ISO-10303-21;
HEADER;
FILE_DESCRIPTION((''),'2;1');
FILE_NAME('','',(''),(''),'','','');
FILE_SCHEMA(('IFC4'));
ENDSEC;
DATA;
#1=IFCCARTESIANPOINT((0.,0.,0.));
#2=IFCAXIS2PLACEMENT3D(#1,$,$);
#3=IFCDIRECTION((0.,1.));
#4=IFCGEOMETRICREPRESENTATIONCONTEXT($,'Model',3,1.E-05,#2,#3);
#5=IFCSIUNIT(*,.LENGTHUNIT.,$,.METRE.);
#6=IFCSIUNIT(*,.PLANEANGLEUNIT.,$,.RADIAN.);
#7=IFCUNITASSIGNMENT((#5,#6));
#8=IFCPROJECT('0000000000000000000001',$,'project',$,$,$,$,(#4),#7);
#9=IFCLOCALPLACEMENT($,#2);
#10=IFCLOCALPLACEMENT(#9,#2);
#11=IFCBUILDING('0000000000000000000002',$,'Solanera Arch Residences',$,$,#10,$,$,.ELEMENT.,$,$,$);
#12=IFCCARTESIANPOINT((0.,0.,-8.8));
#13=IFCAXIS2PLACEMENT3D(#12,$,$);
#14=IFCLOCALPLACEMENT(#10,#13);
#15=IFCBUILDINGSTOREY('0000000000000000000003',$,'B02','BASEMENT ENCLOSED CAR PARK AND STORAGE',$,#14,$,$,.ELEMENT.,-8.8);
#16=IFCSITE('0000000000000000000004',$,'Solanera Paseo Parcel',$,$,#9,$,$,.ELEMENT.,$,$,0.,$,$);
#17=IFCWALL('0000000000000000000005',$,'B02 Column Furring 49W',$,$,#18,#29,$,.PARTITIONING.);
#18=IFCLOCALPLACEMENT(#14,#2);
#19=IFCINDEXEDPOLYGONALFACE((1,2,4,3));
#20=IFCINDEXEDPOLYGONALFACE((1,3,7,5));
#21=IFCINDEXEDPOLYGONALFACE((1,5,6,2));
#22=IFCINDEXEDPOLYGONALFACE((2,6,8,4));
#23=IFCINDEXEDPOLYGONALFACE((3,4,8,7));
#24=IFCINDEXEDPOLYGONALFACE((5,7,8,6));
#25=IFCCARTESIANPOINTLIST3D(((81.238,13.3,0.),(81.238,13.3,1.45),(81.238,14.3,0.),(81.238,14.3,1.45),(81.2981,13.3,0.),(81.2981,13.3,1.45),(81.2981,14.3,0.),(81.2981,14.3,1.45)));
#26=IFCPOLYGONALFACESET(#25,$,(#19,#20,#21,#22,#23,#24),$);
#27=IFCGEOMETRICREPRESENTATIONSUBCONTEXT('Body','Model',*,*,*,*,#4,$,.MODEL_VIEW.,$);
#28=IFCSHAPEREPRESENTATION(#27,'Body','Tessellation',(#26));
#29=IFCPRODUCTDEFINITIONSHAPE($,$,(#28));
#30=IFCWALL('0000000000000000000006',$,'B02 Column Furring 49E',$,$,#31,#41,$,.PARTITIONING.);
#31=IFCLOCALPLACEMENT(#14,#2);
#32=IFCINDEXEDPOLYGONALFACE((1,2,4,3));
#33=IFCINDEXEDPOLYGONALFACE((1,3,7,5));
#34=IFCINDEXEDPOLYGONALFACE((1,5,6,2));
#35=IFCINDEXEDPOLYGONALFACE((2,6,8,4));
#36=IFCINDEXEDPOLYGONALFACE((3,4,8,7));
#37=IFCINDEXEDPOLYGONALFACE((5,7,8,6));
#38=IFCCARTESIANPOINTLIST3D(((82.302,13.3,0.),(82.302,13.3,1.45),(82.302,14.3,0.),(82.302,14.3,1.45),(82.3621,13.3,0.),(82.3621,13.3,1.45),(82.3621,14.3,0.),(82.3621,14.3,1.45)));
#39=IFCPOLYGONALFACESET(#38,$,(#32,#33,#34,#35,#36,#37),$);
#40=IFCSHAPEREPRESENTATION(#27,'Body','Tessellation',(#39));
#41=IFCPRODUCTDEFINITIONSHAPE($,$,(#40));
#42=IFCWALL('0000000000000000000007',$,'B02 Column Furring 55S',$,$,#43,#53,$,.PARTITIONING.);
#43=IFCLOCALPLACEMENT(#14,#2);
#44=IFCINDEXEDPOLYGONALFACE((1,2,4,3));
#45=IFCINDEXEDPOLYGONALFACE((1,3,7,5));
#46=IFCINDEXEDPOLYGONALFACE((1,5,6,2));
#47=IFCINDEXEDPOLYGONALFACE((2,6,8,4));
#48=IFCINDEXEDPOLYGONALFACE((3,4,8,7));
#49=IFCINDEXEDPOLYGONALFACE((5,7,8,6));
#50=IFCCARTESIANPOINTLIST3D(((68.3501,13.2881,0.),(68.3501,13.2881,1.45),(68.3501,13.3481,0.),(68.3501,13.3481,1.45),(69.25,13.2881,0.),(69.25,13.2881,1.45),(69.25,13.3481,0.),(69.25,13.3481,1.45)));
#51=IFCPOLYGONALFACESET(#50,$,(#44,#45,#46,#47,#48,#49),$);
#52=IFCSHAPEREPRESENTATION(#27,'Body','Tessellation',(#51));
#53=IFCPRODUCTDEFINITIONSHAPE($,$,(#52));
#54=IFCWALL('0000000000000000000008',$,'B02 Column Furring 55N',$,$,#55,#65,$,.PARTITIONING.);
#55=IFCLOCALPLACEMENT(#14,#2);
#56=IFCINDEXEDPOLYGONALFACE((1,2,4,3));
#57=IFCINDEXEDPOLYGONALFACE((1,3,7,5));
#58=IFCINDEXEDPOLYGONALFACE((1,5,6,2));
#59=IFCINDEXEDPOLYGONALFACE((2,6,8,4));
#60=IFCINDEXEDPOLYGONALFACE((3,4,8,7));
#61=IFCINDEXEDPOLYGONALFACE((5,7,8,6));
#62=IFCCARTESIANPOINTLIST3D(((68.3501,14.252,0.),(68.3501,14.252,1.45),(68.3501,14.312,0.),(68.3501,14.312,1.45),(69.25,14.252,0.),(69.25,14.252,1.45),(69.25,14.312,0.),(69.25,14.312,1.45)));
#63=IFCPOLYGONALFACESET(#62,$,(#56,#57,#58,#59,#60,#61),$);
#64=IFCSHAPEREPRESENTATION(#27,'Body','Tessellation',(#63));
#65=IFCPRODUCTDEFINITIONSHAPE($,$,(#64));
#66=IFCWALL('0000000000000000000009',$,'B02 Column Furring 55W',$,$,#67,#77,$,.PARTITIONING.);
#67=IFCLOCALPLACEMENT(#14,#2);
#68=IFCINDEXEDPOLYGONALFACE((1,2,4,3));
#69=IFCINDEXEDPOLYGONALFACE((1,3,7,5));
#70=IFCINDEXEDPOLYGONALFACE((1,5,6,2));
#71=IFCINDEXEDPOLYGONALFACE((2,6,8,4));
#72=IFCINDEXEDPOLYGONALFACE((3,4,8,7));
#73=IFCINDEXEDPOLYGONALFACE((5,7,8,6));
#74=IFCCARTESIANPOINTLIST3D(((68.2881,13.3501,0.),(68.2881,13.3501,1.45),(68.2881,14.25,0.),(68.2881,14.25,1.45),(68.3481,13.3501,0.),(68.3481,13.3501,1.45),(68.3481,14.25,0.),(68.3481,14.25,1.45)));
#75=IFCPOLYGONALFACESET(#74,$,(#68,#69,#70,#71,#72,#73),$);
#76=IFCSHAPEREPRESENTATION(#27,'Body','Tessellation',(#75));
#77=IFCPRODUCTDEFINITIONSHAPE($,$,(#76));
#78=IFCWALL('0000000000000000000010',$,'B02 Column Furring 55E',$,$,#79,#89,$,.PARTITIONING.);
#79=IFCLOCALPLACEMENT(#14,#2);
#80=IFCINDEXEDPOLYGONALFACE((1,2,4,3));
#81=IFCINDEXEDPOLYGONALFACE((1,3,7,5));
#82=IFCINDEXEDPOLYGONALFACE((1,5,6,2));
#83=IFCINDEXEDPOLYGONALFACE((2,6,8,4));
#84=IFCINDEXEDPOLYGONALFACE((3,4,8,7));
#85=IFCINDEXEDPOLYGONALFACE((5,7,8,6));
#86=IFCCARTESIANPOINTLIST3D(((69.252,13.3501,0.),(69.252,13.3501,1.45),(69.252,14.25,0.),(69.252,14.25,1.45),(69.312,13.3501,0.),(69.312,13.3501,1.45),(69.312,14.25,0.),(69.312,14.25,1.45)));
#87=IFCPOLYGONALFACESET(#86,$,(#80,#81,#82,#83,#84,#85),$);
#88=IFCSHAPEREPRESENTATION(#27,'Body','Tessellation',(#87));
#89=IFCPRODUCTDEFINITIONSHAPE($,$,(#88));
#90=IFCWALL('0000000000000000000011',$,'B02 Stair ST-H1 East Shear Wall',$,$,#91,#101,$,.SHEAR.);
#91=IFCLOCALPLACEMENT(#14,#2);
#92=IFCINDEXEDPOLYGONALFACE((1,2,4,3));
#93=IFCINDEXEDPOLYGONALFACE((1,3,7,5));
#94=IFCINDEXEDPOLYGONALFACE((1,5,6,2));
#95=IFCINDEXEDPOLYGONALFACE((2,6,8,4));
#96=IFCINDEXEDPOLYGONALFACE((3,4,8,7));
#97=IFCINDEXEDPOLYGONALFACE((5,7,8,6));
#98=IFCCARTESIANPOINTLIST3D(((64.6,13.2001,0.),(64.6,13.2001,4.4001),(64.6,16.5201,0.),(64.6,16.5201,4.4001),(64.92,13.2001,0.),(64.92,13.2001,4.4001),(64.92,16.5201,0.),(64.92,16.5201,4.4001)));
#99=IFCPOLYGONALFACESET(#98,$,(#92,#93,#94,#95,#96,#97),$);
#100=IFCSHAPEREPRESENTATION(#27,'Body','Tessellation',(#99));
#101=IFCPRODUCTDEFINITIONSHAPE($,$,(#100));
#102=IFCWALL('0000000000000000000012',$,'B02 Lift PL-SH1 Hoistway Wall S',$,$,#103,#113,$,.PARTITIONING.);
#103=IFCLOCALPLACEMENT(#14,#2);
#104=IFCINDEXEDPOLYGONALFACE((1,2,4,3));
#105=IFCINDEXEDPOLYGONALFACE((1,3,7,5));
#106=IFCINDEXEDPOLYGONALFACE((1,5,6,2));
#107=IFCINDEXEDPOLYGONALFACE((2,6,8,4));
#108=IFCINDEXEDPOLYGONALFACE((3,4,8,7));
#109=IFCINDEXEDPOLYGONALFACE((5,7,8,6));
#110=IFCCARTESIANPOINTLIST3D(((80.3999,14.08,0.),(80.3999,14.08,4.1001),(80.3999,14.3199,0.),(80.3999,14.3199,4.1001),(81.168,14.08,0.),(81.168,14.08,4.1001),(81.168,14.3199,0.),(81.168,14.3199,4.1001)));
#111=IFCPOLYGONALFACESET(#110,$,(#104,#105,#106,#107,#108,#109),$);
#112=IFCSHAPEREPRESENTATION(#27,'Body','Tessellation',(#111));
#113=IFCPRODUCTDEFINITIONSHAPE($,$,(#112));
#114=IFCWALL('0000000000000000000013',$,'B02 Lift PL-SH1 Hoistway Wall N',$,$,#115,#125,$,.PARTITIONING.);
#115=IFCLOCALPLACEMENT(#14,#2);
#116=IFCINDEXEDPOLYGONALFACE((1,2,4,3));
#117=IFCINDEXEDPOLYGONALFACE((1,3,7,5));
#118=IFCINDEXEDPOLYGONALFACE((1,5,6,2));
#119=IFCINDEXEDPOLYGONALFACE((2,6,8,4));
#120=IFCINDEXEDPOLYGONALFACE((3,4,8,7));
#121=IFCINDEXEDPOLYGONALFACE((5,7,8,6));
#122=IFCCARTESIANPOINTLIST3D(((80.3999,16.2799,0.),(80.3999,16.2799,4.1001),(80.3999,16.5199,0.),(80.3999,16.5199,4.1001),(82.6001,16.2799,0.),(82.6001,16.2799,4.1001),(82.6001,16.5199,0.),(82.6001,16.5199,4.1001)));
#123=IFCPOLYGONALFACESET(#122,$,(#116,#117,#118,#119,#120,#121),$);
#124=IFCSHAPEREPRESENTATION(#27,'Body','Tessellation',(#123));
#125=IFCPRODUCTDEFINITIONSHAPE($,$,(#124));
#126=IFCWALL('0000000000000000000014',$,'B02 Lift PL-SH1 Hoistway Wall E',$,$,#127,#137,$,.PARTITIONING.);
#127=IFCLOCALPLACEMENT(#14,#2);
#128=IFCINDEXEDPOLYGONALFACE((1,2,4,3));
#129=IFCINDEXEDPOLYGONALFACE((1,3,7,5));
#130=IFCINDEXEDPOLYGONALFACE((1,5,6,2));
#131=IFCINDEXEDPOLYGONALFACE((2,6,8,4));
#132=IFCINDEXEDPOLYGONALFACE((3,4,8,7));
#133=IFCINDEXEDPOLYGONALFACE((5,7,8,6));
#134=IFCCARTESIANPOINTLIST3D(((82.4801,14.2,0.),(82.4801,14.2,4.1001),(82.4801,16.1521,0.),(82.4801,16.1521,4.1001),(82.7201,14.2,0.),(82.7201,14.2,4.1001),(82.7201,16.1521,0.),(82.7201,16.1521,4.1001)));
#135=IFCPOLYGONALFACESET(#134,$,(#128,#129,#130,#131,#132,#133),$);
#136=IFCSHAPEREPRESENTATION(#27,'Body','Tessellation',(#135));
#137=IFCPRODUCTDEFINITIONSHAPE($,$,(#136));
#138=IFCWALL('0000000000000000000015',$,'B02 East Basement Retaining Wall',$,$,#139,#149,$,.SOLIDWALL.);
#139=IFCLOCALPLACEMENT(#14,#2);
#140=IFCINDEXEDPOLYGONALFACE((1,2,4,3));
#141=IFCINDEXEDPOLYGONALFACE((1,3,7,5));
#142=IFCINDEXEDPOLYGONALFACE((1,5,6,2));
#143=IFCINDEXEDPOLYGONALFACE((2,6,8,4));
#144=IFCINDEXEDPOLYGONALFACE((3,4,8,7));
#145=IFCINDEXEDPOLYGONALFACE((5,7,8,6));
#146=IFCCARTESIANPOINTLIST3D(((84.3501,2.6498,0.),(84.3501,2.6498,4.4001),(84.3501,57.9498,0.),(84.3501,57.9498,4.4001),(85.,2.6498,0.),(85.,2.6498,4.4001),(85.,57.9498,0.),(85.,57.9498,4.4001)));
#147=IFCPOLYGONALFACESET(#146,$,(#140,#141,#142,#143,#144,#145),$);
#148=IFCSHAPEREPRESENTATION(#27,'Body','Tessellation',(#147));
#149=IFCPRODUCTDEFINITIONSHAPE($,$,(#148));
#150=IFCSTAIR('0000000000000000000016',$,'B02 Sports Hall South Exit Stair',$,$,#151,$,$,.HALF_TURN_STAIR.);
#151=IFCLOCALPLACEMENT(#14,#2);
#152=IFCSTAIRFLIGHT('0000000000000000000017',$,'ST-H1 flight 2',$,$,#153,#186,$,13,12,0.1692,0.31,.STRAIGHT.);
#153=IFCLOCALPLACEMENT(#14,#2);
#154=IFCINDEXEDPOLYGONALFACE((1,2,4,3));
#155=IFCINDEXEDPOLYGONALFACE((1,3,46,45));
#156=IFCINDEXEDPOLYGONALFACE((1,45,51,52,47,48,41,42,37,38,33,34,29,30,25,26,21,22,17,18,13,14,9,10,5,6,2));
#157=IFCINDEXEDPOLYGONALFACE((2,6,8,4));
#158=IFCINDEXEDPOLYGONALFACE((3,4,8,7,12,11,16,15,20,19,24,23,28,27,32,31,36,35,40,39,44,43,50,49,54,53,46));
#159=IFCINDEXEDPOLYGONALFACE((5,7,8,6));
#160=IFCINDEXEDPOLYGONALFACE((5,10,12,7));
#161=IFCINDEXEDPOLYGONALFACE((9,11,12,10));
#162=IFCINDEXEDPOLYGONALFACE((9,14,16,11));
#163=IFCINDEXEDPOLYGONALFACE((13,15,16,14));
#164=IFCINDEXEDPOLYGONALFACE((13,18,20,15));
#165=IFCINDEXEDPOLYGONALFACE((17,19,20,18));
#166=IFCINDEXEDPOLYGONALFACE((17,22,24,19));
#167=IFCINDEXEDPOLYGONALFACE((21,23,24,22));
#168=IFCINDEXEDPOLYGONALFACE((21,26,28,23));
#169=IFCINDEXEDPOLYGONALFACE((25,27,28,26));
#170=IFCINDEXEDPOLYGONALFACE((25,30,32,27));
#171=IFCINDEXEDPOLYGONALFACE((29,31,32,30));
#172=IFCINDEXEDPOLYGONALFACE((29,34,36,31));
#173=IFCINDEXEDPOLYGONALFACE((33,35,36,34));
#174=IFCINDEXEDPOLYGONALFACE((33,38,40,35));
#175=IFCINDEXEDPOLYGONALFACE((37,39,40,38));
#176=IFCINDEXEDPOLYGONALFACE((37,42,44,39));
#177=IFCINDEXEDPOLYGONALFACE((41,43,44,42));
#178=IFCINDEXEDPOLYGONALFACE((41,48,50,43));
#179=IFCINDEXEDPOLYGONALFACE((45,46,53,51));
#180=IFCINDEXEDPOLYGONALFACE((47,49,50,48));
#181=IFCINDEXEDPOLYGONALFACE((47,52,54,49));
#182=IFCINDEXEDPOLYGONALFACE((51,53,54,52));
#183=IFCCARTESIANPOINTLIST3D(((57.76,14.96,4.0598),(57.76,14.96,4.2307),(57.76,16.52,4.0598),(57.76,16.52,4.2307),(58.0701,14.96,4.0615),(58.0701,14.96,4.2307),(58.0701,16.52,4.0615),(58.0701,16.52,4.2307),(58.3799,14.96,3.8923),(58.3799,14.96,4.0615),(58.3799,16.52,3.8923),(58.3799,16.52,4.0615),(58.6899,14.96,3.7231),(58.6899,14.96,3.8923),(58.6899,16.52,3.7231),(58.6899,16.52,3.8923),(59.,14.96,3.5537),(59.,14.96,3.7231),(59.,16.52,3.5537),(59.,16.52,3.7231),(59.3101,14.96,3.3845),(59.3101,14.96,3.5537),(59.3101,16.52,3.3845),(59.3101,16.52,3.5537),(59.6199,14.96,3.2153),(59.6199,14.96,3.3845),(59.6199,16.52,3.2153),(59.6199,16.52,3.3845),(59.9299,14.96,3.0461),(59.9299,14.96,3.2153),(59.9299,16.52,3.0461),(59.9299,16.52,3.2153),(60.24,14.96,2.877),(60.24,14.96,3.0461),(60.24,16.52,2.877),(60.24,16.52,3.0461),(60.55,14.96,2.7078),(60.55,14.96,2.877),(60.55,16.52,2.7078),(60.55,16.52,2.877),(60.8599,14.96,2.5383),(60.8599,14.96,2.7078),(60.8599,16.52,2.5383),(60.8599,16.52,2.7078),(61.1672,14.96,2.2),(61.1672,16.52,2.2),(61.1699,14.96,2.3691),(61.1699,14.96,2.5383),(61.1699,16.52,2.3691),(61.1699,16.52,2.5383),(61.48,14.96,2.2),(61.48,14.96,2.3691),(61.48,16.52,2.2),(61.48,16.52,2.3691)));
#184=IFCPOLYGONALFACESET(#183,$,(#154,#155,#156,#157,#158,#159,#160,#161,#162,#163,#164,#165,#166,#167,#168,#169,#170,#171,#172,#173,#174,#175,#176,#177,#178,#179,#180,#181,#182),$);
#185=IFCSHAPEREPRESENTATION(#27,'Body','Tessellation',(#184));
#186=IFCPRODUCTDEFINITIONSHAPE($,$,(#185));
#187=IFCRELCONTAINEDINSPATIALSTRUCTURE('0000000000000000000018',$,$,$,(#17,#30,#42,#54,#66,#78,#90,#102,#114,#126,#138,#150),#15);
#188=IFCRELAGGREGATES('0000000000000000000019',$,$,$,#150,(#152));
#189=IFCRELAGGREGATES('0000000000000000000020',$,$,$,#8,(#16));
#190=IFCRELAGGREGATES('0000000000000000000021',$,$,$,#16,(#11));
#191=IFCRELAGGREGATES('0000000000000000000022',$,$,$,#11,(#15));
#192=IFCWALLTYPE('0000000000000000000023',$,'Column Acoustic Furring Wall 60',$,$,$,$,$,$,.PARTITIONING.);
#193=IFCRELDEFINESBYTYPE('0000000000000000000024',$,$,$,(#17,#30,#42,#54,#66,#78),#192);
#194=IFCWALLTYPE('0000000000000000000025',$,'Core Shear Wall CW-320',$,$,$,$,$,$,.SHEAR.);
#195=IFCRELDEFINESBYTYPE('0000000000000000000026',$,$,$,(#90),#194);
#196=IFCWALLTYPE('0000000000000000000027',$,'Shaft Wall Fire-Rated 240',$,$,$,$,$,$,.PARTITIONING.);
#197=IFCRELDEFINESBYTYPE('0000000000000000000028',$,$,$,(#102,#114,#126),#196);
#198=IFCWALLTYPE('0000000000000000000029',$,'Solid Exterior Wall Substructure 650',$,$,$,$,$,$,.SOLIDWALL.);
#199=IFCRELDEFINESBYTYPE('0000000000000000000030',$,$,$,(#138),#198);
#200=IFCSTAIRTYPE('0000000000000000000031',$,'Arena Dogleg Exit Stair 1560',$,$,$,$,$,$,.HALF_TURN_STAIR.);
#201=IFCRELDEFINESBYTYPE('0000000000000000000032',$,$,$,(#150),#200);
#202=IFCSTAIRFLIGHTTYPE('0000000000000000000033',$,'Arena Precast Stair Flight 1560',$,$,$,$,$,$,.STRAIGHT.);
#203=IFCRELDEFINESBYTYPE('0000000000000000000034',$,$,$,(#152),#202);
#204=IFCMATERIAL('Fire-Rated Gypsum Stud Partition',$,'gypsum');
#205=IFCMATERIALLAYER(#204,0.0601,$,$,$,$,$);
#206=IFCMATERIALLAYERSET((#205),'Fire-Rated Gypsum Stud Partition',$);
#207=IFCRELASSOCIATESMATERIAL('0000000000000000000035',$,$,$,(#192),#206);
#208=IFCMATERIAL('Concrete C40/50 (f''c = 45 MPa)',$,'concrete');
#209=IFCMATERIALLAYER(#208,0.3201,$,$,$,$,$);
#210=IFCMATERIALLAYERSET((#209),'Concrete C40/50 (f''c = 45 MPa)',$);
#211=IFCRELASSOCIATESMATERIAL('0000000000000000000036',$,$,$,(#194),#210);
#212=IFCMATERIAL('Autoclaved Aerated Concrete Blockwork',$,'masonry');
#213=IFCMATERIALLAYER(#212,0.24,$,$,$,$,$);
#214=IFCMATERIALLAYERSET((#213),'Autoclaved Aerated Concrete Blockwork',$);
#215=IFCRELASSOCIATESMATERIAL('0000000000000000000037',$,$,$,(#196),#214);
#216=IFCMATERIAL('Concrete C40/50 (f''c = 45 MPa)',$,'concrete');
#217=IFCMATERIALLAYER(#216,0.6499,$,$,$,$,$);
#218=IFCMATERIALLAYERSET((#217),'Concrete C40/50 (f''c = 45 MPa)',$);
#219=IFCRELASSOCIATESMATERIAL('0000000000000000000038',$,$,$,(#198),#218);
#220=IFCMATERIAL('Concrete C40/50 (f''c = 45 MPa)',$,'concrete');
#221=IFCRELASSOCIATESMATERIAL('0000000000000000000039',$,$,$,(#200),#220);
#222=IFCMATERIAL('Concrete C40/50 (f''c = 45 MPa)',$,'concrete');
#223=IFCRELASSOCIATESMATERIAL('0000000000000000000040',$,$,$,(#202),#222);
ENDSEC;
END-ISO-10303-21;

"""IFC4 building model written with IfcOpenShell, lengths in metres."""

from ifc_helpers import new_model, si_unit, direction, frame, frame_2d, origin, place, context, subcontext, project, spatial, polyline, rectangle, outline, extrude, material, layer, layer_set, type_object, element, aggregate, save


model = new_model("IFC4")

# Units and contexts
model_context = context("Model", 3, precision=1e-05, world=origin(), true_north=direction((0.0, 1.0)))
body_context = subcontext(model_context, "Body", "Model", "MODEL_VIEW")
ifc_project = project(units=[si_unit("LENGTHUNIT", "METRE"), si_unit("PLANEANGLEUNIT", "RADIAN")], contexts=[model_context])

# Site, building, storey
site_placement = place(None, origin())
site = spatial("IfcSite", under=ifc_project, at=site_placement, Name="Solanera Paseo Parcel", CompositionType="ELEMENT", RefElevation=0.0)
building_placement = place(site_placement, origin())
building = spatial("IfcBuilding", under=site, at=building_placement, Name="Solanera Arch Residences", CompositionType="ELEMENT")
storey_placement = place(building_placement, frame((0.0, 0.0, -8.8)))
storey = spatial("IfcBuildingStorey", under=building, at=storey_placement, Name="B02", Description="BASEMENT ENCLOSED CAR PARK AND STORAGE", CompositionType="ELEMENT", Elevation=-8.8)

# Walls
ifc_material_1 = material(Name="Fire-Rated Gypsum Stud Partition", Category="gypsum")
ifc_layer_1 = layer(ifc_material_1, 0.0601)
ifc_layer_set_1 = layer_set([ifc_layer_1], Name="Fire-Rated Gypsum Stud Partition")
wall_type_1 = type_object("IfcWallType", Name="Column Acoustic Furring Wall 60", PredefinedType="PARTITIONING", material=ifc_layer_set_1)
for number, where, z_axis, x_axis, name in (
    (1, (81.2681, 13.3, 0.0), (0.0, 0.0, 1.0), (0.0, 1.0, 0.0), "B02 Column Furring 49W"),
    (2, (82.332, 13.3, 0.0), (0.0, 0.0, 1.0), (0.0, 1.0, 0.0), "B02 Column Furring 49E"),
):
    element("IfcWall", number, at=place(storey_placement, frame(where, z_axis=z_axis, x_axis=x_axis)), inside=storey, type_object=wall_type_1, Name=name, PredefinedType="PARTITIONING", context=body_context, shape_type="SweptSolid", body=[
        extrude(rectangle(XDim=1.0, YDim=0.0601, at=frame_2d((0.5, 0.0))), origin(), (0.0, 0.0, 1.0), 1.45),
    ])
for number, where, z_axis, x_axis, name in (
    (3, (68.3501, 13.3181, 0.0), (0.0, 0.0, 1.0), (1.0, 0.0, 0.0), "B02 Column Furring 55S"),
    (4, (68.3501, 14.282, 0.0), (0.0, 0.0, 1.0), (1.0, 0.0, 0.0), "B02 Column Furring 55N"),
    (5, (68.3181, 13.3501, 0.0), (0.0, 0.0, 1.0), (0.0, 1.0, 0.0), "B02 Column Furring 55W"),
    (6, (69.282, 13.3501, 0.0), (0.0, 0.0, 1.0), (0.0, 1.0, 0.0), "B02 Column Furring 55E"),
):
    element("IfcWall", number, at=place(storey_placement, frame(where, z_axis=z_axis, x_axis=x_axis)), inside=storey, type_object=wall_type_1, Name=name, PredefinedType="PARTITIONING", context=body_context, shape_type="SweptSolid", body=[
        extrude(rectangle(XDim=0.8999, YDim=0.0601, at=frame_2d((0.45, 0.0))), origin(), (0.0, 0.0, 1.0), 1.45),
    ])
ifc_material_2 = material(Name="Concrete C40/50 (f'c = 45 MPa)", Category="concrete")
ifc_layer_2 = layer(ifc_material_2, 0.3201)
ifc_layer_set_2 = layer_set([ifc_layer_2], Name="Concrete C40/50 (f'c = 45 MPa)")
wall_type_2 = type_object("IfcWallType", Name="Core Shear Wall CW-320", PredefinedType="SHEAR", material=ifc_layer_set_2)
wall_1_placement = place(storey_placement, frame((64.76, 13.2, 0.0), z_axis=(0.0, 0.0, 1.0), x_axis=(0.0, 1.0, 0.0)))
element("IfcWall", 7, at=wall_1_placement, inside=storey, type_object=wall_type_2, Name="B02 Stair ST-H1 East Shear Wall", PredefinedType="SHEAR", context=body_context, shape_type="SweptSolid", body=[
    extrude(rectangle(XDim=3.3201, YDim=0.3201, at=frame_2d((1.6602, 0.0))), origin(), (0.0, 0.0, 1.0), 4.4001),
])
ifc_material_3 = material(Name="Autoclaved Aerated Concrete Blockwork", Category="masonry")
ifc_layer_3 = layer(ifc_material_3, 0.24)
ifc_layer_set_3 = layer_set([ifc_layer_3], Name="Autoclaved Aerated Concrete Blockwork")
wall_type_3 = type_object("IfcWallType", Name="Shaft Wall Fire-Rated 240", PredefinedType="PARTITIONING", material=ifc_layer_set_3)
wall_2_placement = place(storey_placement, frame((80.3999, 14.2, 0.0), z_axis=(0.0, 0.0, 1.0), x_axis=(1.0, 0.0, 0.0)))
element("IfcWall", 8, at=wall_2_placement, inside=storey, type_object=wall_type_3, Name="B02 Lift PL-SH1 Hoistway Wall S", PredefinedType="PARTITIONING", context=body_context, shape_type="SweptSolid", body=[
    extrude(rectangle(XDim=0.7681, YDim=0.24, at=frame_2d((0.384, 0.0))), origin(), (0.0, 0.0, 1.0), 4.1001),
])
wall_3_placement = place(storey_placement, frame((80.3999, 16.3999, 0.0), z_axis=(0.0, 0.0, 1.0), x_axis=(1.0, 0.0, 0.0)))
element("IfcWall", 9, at=wall_3_placement, inside=storey, type_object=wall_type_3, Name="B02 Lift PL-SH1 Hoistway Wall N", PredefinedType="PARTITIONING", context=body_context, shape_type="SweptSolid", body=[
    extrude(rectangle(XDim=2.2002, YDim=0.24, at=frame_2d((1.1001, 0.0))), origin(), (0.0, 0.0, 1.0), 4.1001),
])

# Walls
wall_4_placement = place(storey_placement, frame((82.6001, 14.2, 0.0), z_axis=(0.0, 0.0, 1.0), x_axis=(0.0, 1.0, 0.0)))
element("IfcWall", 10, at=wall_4_placement, inside=storey, type_object=wall_type_3, Name="B02 Lift PL-SH1 Hoistway Wall E", PredefinedType="PARTITIONING", context=body_context, shape_type="SweptSolid", body=[
    extrude(rectangle(XDim=1.9521, YDim=0.24, at=frame_2d((0.9761, 0.0))), origin(), (0.0, 0.0, 1.0), 4.1001),
])
ifc_material_4 = material(Name="Concrete C40/50 (f'c = 45 MPa)", Category="concrete")
ifc_layer_4 = layer(ifc_material_4, 0.6499)
ifc_layer_set_4 = layer_set([ifc_layer_4], Name="Concrete C40/50 (f'c = 45 MPa)")
wall_type_4 = type_object("IfcWallType", Name="Solid Exterior Wall Substructure 650", PredefinedType="SOLIDWALL", material=ifc_layer_set_4)
wall_5_placement = place(storey_placement, frame((84.675, 2.6499, 0.0), z_axis=(0.0, 0.0, 1.0), x_axis=(0.0, 1.0, 0.0)))
element("IfcWall", 11, at=wall_5_placement, inside=storey, type_object=wall_type_4, Name="B02 East Basement Retaining Wall", PredefinedType="SOLIDWALL", context=body_context, shape_type="SweptSolid", body=[
    extrude(rectangle(XDim=55.3, YDim=0.6499, at=frame_2d((27.6499, 0.0))), origin(), (0.0, 0.0, 1.0), 4.4001),
])

# Stair, stair flight
ifc_material_5 = material(Name="Concrete C40/50 (f'c = 45 MPa)", Category="concrete")
stair_type = type_object("IfcStairType", Name="Arena Dogleg Exit Stair 1560", PredefinedType="HALF_TURN_STAIR", material=ifc_material_5)
stair_placement = place(storey_placement, origin())
stair = element("IfcStair", 12, at=stair_placement, inside=storey, type_object=stair_type, Name="B02 Sports Hall South Exit Stair", PredefinedType="HALF_TURN_STAIR")
ifc_material_6 = material(Name="Concrete C40/50 (f'c = 45 MPa)", Category="concrete")
stair_flight_type = type_object("IfcStairFlightType", Name="Arena Precast Stair Flight 1560", PredefinedType="STRAIGHT", material=ifc_material_6)
stair_flight_placement = place(storey_placement, frame((61.48, 15.74, 2.2), z_axis=(0.0, 0.0, 1.0), x_axis=(-1.0, 0.0, 0.0)))
stair_flight = element("IfcStairFlight", 13, at=stair_flight_placement, type_object=stair_flight_type, Name="ST-H1 flight 2", NumberOfRisers=13, NumberOfTreads=12, PredefinedType="STRAIGHT", RiserHeight=0.1692, TreadLength=0.31, context=body_context, shape_type="SweptSolid", body=[
    extrude(outline(polyline([(0.0, 0.0), (0.0, 0.1692), (0.3101, 0.1692), (0.3101, 0.3384), (0.6201, 0.3384), (0.6201, 0.5078), (0.9299, 0.5078), (0.9299, 0.677), (1.24, 0.677), (1.24, 0.8462), (1.55, 0.8462), (1.55, 1.0154), (1.8601, 1.0154), (1.8601, 1.1846), (2.1699, 1.1846), (2.1699, 1.3538), (2.48, 1.3538), (2.48, 1.5232), (2.79, 1.5232), (2.79, 1.6924), (3.1001, 1.6924), (3.1001, 1.8616), (3.4099, 1.8616), (3.4099, 2.0308), (3.72, 2.0308), (3.72, 2.2), (3.72, 1.8599), (0.3127, 0.0), (0.0, 0.0)])), frame((0.0, 0.78, 0.0), z_axis=(0.0, -1.0, 0.0), x_axis=(1.0, 0.0, 0.0)), (0.0, 0.0, 1.0), 1.5601),
])
aggregate(stair, [stair_flight])

save(model, "model.ifc")
